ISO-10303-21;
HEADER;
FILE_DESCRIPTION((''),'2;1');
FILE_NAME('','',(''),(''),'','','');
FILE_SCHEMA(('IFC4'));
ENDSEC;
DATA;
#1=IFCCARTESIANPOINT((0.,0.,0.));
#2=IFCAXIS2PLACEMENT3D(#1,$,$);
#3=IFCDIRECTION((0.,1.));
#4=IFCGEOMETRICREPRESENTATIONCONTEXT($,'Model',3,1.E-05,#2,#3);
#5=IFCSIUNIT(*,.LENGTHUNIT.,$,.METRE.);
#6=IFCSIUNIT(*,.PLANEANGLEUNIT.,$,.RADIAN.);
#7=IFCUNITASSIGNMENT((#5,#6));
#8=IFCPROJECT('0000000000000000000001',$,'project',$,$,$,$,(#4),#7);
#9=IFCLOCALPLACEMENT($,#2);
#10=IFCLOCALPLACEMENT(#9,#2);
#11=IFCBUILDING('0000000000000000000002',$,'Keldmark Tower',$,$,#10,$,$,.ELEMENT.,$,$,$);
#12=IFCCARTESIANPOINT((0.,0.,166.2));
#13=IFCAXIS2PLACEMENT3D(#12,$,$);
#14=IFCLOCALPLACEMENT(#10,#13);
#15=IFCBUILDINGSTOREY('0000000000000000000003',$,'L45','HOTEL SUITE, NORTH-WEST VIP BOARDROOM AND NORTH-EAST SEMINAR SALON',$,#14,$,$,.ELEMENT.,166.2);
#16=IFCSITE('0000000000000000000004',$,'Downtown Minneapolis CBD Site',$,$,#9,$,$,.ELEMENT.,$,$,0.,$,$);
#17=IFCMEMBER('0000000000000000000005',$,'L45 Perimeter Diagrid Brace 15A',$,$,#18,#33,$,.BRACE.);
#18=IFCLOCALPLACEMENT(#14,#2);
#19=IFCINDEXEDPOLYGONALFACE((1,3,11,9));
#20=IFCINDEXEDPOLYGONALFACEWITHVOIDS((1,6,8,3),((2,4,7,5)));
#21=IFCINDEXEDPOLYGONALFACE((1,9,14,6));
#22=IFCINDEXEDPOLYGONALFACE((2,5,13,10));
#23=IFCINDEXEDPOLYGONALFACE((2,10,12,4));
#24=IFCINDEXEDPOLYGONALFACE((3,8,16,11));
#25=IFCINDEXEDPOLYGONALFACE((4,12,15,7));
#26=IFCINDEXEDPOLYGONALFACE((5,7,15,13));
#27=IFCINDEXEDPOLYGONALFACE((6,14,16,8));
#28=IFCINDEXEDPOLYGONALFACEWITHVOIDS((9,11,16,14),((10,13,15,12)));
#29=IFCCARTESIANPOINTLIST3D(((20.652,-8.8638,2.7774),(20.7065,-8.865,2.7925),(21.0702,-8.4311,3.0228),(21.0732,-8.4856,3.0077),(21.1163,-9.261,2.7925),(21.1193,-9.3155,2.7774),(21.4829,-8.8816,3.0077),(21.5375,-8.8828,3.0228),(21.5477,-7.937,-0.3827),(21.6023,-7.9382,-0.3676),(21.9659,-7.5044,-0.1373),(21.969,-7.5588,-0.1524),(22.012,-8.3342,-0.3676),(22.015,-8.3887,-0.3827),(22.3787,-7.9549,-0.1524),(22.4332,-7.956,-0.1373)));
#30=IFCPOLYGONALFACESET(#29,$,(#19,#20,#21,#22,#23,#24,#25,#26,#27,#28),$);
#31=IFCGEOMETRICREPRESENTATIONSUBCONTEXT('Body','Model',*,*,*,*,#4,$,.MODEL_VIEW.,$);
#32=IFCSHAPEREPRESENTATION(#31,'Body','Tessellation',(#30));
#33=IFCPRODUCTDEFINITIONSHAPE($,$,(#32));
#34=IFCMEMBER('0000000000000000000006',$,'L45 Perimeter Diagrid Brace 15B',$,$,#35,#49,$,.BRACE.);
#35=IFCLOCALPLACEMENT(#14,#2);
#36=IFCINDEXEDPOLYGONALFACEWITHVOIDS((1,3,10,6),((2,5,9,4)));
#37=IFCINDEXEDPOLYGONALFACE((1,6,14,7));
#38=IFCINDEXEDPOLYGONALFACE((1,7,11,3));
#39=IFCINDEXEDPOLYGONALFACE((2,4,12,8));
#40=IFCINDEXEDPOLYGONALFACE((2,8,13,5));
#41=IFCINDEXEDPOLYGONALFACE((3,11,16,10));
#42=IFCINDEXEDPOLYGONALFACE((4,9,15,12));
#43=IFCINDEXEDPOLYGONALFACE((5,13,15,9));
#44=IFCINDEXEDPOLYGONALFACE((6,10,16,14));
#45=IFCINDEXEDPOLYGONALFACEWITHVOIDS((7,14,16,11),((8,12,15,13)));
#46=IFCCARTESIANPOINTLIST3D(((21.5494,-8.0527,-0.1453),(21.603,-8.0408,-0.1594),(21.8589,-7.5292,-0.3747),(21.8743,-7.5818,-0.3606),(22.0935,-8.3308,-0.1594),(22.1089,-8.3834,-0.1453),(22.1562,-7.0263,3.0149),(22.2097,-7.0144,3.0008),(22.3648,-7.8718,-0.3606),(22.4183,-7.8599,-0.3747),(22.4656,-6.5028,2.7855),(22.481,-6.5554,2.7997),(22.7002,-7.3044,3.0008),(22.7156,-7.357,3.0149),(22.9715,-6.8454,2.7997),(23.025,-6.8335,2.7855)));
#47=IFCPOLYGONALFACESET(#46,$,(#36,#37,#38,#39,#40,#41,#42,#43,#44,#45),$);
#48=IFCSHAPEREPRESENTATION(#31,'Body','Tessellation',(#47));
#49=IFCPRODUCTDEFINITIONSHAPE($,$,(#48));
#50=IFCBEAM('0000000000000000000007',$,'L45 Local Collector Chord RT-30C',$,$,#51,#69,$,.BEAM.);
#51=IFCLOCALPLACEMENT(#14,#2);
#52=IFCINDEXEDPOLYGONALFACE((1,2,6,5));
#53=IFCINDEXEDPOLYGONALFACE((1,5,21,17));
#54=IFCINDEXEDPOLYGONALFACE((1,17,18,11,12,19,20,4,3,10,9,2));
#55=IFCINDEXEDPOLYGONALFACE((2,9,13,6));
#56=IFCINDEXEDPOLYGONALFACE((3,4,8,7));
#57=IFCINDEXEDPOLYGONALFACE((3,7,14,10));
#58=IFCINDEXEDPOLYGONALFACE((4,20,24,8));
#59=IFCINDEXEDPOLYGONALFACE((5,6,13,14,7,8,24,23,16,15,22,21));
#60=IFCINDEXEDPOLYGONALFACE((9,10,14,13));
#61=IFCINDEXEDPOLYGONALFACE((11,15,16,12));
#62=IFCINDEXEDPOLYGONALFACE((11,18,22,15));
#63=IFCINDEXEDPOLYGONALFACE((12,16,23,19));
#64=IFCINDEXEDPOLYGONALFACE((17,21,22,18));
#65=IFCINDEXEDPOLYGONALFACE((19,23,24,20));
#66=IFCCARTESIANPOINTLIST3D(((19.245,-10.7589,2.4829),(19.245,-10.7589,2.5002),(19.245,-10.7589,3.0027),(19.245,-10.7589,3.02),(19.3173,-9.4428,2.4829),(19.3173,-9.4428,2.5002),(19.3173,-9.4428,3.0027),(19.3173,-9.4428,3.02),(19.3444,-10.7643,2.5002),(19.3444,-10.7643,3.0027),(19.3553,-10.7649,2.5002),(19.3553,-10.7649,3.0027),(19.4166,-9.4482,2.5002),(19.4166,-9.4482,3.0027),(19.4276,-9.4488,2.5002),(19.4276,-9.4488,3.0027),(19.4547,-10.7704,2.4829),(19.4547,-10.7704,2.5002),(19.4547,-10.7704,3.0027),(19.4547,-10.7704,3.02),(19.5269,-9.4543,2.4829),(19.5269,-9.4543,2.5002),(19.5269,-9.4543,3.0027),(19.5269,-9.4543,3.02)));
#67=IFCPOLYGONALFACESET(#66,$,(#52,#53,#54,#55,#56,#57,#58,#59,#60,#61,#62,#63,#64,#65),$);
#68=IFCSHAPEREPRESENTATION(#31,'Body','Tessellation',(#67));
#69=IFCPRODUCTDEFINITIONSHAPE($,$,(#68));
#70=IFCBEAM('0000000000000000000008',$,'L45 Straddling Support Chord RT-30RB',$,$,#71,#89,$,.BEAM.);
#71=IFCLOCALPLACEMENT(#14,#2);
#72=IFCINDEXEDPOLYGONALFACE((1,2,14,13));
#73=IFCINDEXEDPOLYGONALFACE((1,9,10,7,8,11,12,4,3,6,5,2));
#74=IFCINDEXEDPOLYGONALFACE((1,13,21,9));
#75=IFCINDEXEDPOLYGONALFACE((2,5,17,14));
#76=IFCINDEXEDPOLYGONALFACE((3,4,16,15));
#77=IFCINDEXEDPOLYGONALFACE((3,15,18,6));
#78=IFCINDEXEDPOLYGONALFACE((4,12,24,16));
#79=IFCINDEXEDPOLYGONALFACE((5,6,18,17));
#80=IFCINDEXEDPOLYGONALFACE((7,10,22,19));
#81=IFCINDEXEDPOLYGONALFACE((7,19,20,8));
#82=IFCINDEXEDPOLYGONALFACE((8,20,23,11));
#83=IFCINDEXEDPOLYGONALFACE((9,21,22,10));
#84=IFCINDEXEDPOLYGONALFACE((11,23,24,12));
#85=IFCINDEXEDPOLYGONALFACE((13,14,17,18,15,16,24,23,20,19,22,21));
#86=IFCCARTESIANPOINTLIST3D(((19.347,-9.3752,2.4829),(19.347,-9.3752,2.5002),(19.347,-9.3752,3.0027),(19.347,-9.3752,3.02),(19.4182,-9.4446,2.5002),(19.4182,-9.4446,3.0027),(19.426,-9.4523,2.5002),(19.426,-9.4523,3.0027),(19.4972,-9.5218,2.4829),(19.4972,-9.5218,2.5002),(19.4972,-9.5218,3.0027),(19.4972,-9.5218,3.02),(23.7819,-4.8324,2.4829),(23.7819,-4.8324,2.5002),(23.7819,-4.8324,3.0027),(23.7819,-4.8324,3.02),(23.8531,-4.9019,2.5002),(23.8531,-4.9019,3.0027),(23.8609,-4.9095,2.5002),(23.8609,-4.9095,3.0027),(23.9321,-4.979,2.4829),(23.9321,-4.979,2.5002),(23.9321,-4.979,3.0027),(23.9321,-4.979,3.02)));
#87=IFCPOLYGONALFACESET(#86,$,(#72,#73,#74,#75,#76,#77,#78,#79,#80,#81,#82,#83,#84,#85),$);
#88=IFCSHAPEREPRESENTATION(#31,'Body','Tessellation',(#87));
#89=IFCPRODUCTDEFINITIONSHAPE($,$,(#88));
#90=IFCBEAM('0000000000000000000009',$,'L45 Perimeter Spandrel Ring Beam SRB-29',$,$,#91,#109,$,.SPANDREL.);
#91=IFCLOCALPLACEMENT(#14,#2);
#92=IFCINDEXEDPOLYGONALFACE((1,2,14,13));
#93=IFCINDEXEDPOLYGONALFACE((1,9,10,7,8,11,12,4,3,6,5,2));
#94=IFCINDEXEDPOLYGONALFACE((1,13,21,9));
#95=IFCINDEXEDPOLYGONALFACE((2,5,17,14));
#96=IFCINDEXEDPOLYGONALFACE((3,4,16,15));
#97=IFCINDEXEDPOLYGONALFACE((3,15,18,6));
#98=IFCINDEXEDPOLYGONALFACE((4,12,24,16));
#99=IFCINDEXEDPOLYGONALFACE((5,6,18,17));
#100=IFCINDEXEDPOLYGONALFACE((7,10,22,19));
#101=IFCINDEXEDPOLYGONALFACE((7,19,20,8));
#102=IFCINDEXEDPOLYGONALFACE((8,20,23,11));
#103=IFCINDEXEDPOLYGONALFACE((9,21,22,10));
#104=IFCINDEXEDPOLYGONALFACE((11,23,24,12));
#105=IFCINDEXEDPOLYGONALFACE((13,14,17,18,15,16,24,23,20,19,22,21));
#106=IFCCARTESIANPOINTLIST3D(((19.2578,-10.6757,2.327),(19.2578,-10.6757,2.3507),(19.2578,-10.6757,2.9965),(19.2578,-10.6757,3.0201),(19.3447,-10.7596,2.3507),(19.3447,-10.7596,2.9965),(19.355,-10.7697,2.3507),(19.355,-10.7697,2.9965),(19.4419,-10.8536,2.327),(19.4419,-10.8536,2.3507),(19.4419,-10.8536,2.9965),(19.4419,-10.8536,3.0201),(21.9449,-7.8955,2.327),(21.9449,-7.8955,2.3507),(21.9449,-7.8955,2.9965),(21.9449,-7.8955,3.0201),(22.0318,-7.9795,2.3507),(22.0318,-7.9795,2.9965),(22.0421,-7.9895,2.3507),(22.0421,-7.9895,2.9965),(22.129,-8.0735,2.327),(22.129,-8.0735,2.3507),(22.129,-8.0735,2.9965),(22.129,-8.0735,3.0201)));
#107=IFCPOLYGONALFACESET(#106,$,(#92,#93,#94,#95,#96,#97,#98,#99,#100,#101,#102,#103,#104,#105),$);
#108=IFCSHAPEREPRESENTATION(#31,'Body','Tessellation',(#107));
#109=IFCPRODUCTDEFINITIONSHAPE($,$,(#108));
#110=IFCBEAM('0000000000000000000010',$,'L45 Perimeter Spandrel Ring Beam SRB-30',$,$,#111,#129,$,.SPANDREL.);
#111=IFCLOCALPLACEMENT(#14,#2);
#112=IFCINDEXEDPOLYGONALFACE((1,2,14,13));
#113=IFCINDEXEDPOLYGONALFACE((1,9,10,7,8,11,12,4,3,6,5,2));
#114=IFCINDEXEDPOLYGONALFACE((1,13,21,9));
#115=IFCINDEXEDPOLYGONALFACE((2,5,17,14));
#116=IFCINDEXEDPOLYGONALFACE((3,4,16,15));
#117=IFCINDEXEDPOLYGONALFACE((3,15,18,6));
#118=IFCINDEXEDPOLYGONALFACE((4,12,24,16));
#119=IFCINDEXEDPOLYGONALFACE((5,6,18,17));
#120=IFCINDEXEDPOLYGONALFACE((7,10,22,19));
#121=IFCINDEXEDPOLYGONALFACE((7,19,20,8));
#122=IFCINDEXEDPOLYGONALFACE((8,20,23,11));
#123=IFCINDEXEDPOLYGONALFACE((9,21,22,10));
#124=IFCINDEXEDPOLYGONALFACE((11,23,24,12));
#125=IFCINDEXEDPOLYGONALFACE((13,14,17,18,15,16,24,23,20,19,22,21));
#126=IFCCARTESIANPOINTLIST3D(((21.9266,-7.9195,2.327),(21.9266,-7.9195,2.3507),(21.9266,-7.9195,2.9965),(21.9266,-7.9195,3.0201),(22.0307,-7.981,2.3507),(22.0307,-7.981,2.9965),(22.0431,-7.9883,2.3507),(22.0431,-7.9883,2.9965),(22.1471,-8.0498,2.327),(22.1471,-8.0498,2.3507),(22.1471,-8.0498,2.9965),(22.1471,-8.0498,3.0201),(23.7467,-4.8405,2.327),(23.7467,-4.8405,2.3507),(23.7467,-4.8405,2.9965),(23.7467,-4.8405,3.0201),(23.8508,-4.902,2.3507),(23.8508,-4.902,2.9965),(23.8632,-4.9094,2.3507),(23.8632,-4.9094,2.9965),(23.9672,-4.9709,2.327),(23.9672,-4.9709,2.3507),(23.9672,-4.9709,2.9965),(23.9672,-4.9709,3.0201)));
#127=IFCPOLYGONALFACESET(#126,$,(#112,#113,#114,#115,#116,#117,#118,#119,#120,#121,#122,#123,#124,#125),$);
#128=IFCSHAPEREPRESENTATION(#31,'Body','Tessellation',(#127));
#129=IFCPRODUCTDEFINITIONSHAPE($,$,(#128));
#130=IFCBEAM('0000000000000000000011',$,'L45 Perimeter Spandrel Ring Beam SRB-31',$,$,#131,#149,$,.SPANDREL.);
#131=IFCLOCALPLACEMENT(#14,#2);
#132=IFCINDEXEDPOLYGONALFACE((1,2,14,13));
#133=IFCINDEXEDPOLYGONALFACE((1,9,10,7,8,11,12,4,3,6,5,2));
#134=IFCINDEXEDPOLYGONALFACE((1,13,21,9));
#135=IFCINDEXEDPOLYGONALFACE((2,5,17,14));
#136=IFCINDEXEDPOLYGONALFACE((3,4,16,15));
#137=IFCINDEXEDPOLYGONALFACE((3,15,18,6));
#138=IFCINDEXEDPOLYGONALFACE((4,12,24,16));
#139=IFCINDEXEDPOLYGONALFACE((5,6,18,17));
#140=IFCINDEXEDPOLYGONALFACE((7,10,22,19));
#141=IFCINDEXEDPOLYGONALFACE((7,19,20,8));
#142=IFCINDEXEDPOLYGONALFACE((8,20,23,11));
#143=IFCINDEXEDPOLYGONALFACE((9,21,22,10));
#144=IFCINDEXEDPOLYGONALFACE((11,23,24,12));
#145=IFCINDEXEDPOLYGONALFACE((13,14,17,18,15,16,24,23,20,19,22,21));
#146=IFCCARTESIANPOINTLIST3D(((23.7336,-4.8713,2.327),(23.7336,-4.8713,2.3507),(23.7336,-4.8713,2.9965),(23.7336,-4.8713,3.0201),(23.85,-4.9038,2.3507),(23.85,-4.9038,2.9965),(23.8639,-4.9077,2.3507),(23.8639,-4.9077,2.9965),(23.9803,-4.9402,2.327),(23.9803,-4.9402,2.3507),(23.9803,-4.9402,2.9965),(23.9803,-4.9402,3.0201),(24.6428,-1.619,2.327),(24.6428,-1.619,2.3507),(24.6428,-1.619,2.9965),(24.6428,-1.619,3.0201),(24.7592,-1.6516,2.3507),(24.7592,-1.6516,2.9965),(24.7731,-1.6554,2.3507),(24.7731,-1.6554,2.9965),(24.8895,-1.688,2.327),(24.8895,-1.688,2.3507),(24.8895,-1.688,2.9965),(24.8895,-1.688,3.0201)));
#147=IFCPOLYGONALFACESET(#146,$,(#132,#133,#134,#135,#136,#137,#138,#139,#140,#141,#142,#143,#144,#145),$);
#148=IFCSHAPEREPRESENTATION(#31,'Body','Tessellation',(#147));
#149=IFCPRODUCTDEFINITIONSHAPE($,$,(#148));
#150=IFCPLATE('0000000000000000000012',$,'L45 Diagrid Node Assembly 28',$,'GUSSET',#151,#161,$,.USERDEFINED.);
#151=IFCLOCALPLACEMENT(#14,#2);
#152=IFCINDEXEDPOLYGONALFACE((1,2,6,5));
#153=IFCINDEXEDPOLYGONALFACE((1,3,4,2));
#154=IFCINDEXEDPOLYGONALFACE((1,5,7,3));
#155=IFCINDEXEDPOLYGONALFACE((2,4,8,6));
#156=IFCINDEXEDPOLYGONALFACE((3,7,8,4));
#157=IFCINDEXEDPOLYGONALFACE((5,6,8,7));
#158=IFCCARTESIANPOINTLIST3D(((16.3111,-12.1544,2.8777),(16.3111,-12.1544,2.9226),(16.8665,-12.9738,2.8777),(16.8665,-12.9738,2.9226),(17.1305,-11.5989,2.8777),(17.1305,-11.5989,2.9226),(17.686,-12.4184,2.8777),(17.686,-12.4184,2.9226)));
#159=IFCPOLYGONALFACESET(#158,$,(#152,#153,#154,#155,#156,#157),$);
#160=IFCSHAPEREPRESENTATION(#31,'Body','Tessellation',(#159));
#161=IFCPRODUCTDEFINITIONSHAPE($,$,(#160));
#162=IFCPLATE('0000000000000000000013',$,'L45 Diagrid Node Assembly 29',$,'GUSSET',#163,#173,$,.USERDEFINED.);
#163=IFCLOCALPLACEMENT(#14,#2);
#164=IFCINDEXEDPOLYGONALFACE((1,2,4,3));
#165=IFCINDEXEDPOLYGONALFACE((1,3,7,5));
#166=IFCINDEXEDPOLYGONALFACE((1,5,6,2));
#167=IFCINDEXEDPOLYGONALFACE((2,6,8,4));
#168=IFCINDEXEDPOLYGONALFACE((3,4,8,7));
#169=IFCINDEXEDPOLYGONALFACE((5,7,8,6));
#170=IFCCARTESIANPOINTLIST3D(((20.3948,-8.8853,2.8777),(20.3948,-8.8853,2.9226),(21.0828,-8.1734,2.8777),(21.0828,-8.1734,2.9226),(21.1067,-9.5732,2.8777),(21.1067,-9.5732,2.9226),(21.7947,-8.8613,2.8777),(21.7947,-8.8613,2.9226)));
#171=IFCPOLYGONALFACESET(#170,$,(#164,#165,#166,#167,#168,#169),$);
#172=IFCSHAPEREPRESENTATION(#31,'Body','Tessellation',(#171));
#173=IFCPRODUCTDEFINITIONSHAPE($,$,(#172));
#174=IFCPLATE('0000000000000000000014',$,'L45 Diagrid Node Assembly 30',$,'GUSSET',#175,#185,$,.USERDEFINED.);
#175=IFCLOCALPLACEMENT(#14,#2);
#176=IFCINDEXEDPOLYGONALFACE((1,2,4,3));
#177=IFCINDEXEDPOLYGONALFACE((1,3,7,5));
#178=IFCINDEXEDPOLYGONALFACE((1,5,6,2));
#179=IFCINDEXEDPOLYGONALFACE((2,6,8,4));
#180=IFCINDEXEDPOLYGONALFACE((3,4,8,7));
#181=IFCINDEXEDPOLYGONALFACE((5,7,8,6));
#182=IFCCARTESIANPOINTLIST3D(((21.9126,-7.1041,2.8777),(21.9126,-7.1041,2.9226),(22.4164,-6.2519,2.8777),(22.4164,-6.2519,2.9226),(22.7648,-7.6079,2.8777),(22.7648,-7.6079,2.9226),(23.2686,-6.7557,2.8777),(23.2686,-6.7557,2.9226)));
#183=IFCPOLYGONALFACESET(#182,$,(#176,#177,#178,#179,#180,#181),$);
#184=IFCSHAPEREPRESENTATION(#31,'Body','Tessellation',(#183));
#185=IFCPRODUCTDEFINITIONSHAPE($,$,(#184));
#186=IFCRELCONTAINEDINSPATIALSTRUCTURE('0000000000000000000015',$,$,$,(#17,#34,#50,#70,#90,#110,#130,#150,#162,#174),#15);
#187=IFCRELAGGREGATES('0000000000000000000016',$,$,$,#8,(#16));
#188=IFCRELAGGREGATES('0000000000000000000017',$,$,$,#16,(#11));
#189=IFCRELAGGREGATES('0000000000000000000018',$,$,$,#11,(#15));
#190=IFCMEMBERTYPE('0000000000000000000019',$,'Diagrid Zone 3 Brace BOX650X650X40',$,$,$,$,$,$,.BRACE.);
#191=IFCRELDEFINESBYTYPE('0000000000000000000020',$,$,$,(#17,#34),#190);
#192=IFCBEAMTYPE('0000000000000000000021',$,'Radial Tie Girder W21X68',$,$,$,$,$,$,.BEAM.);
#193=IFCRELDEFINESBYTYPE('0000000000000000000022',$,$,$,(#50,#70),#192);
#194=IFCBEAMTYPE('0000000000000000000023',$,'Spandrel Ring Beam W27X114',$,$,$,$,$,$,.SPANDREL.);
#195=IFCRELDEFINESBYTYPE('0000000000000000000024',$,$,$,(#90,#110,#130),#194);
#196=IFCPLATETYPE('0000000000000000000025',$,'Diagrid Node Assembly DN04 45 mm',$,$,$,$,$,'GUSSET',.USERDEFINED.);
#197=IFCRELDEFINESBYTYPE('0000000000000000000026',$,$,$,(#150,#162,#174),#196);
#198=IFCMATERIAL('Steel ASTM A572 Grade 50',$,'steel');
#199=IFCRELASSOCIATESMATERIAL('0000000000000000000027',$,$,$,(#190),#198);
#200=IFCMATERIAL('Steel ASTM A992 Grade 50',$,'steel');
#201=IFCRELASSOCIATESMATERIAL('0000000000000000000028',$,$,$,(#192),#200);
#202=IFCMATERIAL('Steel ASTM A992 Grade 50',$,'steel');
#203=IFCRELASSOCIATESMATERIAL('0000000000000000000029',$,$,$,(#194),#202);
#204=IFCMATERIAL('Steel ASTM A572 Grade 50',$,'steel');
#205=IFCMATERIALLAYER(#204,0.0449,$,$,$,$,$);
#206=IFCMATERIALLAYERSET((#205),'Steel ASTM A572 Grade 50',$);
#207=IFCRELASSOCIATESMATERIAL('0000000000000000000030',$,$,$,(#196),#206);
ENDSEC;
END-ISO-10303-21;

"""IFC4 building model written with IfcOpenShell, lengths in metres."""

from ifc_helpers import new_model, si_unit, direction, frame, origin, origin_2d, place, context, subcontext, project, spatial, rectangle, hollow_rectangle, i_section, extrude, material, layer, layer_set, material_profile, profile_set, type_object, element, save


model = new_model("IFC4")

# Units and contexts
model_context = context("Model", 3, precision=1e-05, world=origin(), true_north=direction((0.0, 1.0)))
body_context = subcontext(model_context, "Body", "Model", "MODEL_VIEW")
ifc_project = project(units=[si_unit("LENGTHUNIT", "METRE"), si_unit("PLANEANGLEUNIT", "RADIAN")], contexts=[model_context])

# Site, building, storey
site_placement = place(None, origin())
site = spatial("IfcSite", under=ifc_project, at=site_placement, Name="Downtown Minneapolis CBD Site", CompositionType="ELEMENT", RefElevation=0.0)
building_placement = place(site_placement, origin())
building = spatial("IfcBuilding", under=site, at=building_placement, Name="Keldmark Tower", CompositionType="ELEMENT")
storey_placement = place(building_placement, frame((0.0, 0.0, 166.2)))
storey = spatial("IfcBuildingStorey", under=building, at=storey_placement, Name="L45", Description="HOTEL SUITE, NORTH-WEST VIP BOARDROOM AND NORTH-EAST SEMINAR SALON", CompositionType="ELEMENT", Elevation=166.2)

# Members
ifc_material_1 = material(Name="Steel ASTM A572 Grade 50", Category="steel")
ifc_material_profile_1 = material_profile(ifc_material_1, hollow_rectangle(XDim=0.6499, YDim=0.6499, WallThickness=0.04, at=origin_2d()), Name="BOX650X650X40")
ifc_profile_set_1 = profile_set([ifc_material_profile_1], Name="Steel ASTM A572 Grade 50")
member_type = type_object("IfcMemberType", Name="Diagrid Zone 3 Brace BOX650X650X40", PredefinedType="BRACE", material=ifc_profile_set_1)
member_1_placement = place(storey_placement, frame((21.9905, -7.9465, -0.26), z_axis=(-0.262461, -0.271546, 0.925946), x_axis=(0.719033, -0.694976, 0.0)))
element("IfcMember", 1, at=member_1_placement, inside=storey, type_object=member_type, Name="L45 Perimeter Diagrid Brace 15A", PredefinedType="BRACE", context=body_context, shape_type="SweptSolid", body=[
    extrude(hollow_rectangle(XDim=0.6499, YDim=0.6499, WallThickness=0.04, at=origin_2d()), origin(), (0.0, 0.0, 1.0), 3.4128),
])
member_2_placement = place(storey_placement, frame((21.9839, -7.9563, -0.26), z_axis=(0.179622, 0.303876, 0.935626), x_axis=(-0.860853, 0.508853, 0.0)))
element("IfcMember", 2, at=member_2_placement, inside=storey, type_object=member_type, Name="L45 Perimeter Diagrid Brace 15B", PredefinedType="BRACE", context=body_context, shape_type="SweptSolid", body=[
    extrude(hollow_rectangle(XDim=0.6499, YDim=0.6499, WallThickness=0.04, at=origin_2d()), origin(), (0.0, 0.0, 1.0), 3.3777),
])

# Beams
ifc_material_2 = material(Name="Steel ASTM A992 Grade 50", Category="steel")
ifc_material_profile_2 = material_profile(ifc_material_2, i_section(OverallWidth=0.21, OverallDepth=0.5371, WebThickness=0.011, FlangeThickness=0.0173, at=origin_2d()), Name="W21X68")
ifc_profile_set_2 = profile_set([ifc_material_profile_2], Name="Steel ASTM A992 Grade 50")
beam_type_1 = type_object("IfcBeamType", Name="Radial Tie Girder W21X68", PredefinedType="BEAM", material=ifc_profile_set_2)
beam_1_placement = place(storey_placement, frame((19.3499, -10.7646, 2.7515), z_axis=(0.054824, 0.998496, 0.0), x_axis=(-0.998496, 0.054824, 0.0)))
element("IfcBeam", 3, at=beam_1_placement, inside=storey, type_object=beam_type_1, Name="L45 Local Collector Chord RT-30C", PredefinedType="BEAM", context=body_context, shape_type="SweptSolid", body=[
    extrude(i_section(OverallWidth=0.21, OverallDepth=0.5371, WebThickness=0.011, FlangeThickness=0.0173, at=origin_2d()), origin(), (0.0, 0.0, 1.0), 1.3181),
])
beam_2_placement = place(storey_placement, frame((19.4221, -9.4485, 2.7515), z_axis=(0.698557, 0.715555, 0.0), x_axis=(-0.715555, 0.698557, 0.0)))
element("IfcBeam", 4, at=beam_2_placement, inside=storey, type_object=beam_type_1, Name="L45 Straddling Support Chord RT-30RB", PredefinedType="BEAM", context=body_context, shape_type="SweptSolid", body=[
    extrude(i_section(OverallWidth=0.21, OverallDepth=0.5371, WebThickness=0.011, FlangeThickness=0.0173, at=origin_2d()), origin(), (0.0, 0.0, 1.0), 6.3486),
])
ifc_material_3 = material(Name="Steel ASTM A992 Grade 50", Category="steel")
ifc_material_profile_3 = material_profile(ifc_material_3, i_section(OverallWidth=0.2561, OverallDepth=0.6931, WebThickness=0.0144, FlangeThickness=0.0237, at=origin_2d()), Name="W27X114")
ifc_profile_set_3 = profile_set([ifc_material_profile_3], Name="Steel ASTM A992 Grade 50")
beam_type_2 = type_object("IfcBeamType", Name="Spandrel Ring Beam W27X114", PredefinedType="SPANDREL", material=ifc_profile_set_3)
beam_3_placement = place(storey_placement, frame((19.3499, -10.7646, 2.6736), z_axis=(0.694975, 0.719034, 0.0), x_axis=(-0.719034, 0.694975, 0.0)))
element("IfcBeam", 5, at=beam_3_placement, inside=storey, type_object=beam_type_2, Name="L45 Perimeter Spandrel Ring Beam SRB-29", PredefinedType="SPANDREL", context=body_context, shape_type="SweptSolid", body=[
    extrude(i_section(OverallWidth=0.2561, OverallDepth=0.6931, WebThickness=0.0144, FlangeThickness=0.0237, at=origin_2d()), origin(), (0.0, 0.0, 1.0), 3.8665),
])
beam_4_placement = place(storey_placement, frame((22.0369, -7.9846, 2.6736), z_axis=(0.508883, 0.860835, 0.0), x_axis=(-0.860835, 0.508883, 0.0)))
element("IfcBeam", 6, at=beam_4_placement, inside=storey, type_object=beam_type_2, Name="L45 Perimeter Spandrel Ring Beam SRB-30", PredefinedType="SPANDREL", context=body_context, shape_type="SweptSolid", body=[
    extrude(i_section(OverallWidth=0.2561, OverallDepth=0.6931, WebThickness=0.0144, FlangeThickness=0.0237, at=origin_2d()), origin(), (0.0, 0.0, 1.0), 3.5767),
])
beam_5_placement = place(storey_placement, frame((23.8569, -4.9058, 2.6736), z_axis=(0.269236, 0.963074, 0.0), x_axis=(-0.963074, 0.269236, 0.0)))
element("IfcBeam", 7, at=beam_5_placement, inside=storey, type_object=beam_type_2, Name="L45 Perimeter Spandrel Ring Beam SRB-31", PredefinedType="SPANDREL", context=body_context, shape_type="SweptSolid", body=[
    extrude(i_section(OverallWidth=0.2561, OverallDepth=0.6931, WebThickness=0.0144, FlangeThickness=0.0237, at=origin_2d()), origin(), (0.0, 0.0, 1.0), 3.377),
])

# Plates
ifc_material_4 = material(Name="Steel ASTM A572 Grade 50", Category="steel")
ifc_layer_1 = layer(ifc_material_4, 0.0449)
ifc_layer_set_1 = layer_set([ifc_layer_1], Name="Steel ASTM A572 Grade 50")
plate_type = type_object("IfcPlateType", Name="Diagrid Node Assembly DN04 45 mm", ElementType="GUSSET", PredefinedType="USERDEFINED", material=ifc_layer_set_1)
for number, where, z_axis, x_axis, name in (
    (8, (16.9985, -12.2864, 2.8777), (0.0, 0.0, 1.0), (0.827767, 0.561072, 0.0), "L45 Diagrid Node Assembly 28"),
    (9, (21.0947, -8.8733, 2.8777), (0.0, 0.0, 1.0), (0.694909, 0.719097, 0.0), "L45 Diagrid Node Assembly 29"),
    (10, (22.5906, -6.9299, 2.8777), (0.0, 0.0, 1.0), (0.508891, 0.860831, 0.0), "L45 Diagrid Node Assembly 30"),
):
    element("IfcPlate", number, at=place(storey_placement, frame(where, z_axis=z_axis, x_axis=x_axis)), inside=storey, type_object=plate_type, Name=name, ObjectType="GUSSET", PredefinedType="USERDEFINED", context=body_context, shape_type="SweptSolid", body=[
        extrude(rectangle(XDim=0.99, YDim=0.99, at=origin_2d()), origin(), (0.0, 0.0, 1.0), 0.0449),
    ])

save(model, "model.ifc")
